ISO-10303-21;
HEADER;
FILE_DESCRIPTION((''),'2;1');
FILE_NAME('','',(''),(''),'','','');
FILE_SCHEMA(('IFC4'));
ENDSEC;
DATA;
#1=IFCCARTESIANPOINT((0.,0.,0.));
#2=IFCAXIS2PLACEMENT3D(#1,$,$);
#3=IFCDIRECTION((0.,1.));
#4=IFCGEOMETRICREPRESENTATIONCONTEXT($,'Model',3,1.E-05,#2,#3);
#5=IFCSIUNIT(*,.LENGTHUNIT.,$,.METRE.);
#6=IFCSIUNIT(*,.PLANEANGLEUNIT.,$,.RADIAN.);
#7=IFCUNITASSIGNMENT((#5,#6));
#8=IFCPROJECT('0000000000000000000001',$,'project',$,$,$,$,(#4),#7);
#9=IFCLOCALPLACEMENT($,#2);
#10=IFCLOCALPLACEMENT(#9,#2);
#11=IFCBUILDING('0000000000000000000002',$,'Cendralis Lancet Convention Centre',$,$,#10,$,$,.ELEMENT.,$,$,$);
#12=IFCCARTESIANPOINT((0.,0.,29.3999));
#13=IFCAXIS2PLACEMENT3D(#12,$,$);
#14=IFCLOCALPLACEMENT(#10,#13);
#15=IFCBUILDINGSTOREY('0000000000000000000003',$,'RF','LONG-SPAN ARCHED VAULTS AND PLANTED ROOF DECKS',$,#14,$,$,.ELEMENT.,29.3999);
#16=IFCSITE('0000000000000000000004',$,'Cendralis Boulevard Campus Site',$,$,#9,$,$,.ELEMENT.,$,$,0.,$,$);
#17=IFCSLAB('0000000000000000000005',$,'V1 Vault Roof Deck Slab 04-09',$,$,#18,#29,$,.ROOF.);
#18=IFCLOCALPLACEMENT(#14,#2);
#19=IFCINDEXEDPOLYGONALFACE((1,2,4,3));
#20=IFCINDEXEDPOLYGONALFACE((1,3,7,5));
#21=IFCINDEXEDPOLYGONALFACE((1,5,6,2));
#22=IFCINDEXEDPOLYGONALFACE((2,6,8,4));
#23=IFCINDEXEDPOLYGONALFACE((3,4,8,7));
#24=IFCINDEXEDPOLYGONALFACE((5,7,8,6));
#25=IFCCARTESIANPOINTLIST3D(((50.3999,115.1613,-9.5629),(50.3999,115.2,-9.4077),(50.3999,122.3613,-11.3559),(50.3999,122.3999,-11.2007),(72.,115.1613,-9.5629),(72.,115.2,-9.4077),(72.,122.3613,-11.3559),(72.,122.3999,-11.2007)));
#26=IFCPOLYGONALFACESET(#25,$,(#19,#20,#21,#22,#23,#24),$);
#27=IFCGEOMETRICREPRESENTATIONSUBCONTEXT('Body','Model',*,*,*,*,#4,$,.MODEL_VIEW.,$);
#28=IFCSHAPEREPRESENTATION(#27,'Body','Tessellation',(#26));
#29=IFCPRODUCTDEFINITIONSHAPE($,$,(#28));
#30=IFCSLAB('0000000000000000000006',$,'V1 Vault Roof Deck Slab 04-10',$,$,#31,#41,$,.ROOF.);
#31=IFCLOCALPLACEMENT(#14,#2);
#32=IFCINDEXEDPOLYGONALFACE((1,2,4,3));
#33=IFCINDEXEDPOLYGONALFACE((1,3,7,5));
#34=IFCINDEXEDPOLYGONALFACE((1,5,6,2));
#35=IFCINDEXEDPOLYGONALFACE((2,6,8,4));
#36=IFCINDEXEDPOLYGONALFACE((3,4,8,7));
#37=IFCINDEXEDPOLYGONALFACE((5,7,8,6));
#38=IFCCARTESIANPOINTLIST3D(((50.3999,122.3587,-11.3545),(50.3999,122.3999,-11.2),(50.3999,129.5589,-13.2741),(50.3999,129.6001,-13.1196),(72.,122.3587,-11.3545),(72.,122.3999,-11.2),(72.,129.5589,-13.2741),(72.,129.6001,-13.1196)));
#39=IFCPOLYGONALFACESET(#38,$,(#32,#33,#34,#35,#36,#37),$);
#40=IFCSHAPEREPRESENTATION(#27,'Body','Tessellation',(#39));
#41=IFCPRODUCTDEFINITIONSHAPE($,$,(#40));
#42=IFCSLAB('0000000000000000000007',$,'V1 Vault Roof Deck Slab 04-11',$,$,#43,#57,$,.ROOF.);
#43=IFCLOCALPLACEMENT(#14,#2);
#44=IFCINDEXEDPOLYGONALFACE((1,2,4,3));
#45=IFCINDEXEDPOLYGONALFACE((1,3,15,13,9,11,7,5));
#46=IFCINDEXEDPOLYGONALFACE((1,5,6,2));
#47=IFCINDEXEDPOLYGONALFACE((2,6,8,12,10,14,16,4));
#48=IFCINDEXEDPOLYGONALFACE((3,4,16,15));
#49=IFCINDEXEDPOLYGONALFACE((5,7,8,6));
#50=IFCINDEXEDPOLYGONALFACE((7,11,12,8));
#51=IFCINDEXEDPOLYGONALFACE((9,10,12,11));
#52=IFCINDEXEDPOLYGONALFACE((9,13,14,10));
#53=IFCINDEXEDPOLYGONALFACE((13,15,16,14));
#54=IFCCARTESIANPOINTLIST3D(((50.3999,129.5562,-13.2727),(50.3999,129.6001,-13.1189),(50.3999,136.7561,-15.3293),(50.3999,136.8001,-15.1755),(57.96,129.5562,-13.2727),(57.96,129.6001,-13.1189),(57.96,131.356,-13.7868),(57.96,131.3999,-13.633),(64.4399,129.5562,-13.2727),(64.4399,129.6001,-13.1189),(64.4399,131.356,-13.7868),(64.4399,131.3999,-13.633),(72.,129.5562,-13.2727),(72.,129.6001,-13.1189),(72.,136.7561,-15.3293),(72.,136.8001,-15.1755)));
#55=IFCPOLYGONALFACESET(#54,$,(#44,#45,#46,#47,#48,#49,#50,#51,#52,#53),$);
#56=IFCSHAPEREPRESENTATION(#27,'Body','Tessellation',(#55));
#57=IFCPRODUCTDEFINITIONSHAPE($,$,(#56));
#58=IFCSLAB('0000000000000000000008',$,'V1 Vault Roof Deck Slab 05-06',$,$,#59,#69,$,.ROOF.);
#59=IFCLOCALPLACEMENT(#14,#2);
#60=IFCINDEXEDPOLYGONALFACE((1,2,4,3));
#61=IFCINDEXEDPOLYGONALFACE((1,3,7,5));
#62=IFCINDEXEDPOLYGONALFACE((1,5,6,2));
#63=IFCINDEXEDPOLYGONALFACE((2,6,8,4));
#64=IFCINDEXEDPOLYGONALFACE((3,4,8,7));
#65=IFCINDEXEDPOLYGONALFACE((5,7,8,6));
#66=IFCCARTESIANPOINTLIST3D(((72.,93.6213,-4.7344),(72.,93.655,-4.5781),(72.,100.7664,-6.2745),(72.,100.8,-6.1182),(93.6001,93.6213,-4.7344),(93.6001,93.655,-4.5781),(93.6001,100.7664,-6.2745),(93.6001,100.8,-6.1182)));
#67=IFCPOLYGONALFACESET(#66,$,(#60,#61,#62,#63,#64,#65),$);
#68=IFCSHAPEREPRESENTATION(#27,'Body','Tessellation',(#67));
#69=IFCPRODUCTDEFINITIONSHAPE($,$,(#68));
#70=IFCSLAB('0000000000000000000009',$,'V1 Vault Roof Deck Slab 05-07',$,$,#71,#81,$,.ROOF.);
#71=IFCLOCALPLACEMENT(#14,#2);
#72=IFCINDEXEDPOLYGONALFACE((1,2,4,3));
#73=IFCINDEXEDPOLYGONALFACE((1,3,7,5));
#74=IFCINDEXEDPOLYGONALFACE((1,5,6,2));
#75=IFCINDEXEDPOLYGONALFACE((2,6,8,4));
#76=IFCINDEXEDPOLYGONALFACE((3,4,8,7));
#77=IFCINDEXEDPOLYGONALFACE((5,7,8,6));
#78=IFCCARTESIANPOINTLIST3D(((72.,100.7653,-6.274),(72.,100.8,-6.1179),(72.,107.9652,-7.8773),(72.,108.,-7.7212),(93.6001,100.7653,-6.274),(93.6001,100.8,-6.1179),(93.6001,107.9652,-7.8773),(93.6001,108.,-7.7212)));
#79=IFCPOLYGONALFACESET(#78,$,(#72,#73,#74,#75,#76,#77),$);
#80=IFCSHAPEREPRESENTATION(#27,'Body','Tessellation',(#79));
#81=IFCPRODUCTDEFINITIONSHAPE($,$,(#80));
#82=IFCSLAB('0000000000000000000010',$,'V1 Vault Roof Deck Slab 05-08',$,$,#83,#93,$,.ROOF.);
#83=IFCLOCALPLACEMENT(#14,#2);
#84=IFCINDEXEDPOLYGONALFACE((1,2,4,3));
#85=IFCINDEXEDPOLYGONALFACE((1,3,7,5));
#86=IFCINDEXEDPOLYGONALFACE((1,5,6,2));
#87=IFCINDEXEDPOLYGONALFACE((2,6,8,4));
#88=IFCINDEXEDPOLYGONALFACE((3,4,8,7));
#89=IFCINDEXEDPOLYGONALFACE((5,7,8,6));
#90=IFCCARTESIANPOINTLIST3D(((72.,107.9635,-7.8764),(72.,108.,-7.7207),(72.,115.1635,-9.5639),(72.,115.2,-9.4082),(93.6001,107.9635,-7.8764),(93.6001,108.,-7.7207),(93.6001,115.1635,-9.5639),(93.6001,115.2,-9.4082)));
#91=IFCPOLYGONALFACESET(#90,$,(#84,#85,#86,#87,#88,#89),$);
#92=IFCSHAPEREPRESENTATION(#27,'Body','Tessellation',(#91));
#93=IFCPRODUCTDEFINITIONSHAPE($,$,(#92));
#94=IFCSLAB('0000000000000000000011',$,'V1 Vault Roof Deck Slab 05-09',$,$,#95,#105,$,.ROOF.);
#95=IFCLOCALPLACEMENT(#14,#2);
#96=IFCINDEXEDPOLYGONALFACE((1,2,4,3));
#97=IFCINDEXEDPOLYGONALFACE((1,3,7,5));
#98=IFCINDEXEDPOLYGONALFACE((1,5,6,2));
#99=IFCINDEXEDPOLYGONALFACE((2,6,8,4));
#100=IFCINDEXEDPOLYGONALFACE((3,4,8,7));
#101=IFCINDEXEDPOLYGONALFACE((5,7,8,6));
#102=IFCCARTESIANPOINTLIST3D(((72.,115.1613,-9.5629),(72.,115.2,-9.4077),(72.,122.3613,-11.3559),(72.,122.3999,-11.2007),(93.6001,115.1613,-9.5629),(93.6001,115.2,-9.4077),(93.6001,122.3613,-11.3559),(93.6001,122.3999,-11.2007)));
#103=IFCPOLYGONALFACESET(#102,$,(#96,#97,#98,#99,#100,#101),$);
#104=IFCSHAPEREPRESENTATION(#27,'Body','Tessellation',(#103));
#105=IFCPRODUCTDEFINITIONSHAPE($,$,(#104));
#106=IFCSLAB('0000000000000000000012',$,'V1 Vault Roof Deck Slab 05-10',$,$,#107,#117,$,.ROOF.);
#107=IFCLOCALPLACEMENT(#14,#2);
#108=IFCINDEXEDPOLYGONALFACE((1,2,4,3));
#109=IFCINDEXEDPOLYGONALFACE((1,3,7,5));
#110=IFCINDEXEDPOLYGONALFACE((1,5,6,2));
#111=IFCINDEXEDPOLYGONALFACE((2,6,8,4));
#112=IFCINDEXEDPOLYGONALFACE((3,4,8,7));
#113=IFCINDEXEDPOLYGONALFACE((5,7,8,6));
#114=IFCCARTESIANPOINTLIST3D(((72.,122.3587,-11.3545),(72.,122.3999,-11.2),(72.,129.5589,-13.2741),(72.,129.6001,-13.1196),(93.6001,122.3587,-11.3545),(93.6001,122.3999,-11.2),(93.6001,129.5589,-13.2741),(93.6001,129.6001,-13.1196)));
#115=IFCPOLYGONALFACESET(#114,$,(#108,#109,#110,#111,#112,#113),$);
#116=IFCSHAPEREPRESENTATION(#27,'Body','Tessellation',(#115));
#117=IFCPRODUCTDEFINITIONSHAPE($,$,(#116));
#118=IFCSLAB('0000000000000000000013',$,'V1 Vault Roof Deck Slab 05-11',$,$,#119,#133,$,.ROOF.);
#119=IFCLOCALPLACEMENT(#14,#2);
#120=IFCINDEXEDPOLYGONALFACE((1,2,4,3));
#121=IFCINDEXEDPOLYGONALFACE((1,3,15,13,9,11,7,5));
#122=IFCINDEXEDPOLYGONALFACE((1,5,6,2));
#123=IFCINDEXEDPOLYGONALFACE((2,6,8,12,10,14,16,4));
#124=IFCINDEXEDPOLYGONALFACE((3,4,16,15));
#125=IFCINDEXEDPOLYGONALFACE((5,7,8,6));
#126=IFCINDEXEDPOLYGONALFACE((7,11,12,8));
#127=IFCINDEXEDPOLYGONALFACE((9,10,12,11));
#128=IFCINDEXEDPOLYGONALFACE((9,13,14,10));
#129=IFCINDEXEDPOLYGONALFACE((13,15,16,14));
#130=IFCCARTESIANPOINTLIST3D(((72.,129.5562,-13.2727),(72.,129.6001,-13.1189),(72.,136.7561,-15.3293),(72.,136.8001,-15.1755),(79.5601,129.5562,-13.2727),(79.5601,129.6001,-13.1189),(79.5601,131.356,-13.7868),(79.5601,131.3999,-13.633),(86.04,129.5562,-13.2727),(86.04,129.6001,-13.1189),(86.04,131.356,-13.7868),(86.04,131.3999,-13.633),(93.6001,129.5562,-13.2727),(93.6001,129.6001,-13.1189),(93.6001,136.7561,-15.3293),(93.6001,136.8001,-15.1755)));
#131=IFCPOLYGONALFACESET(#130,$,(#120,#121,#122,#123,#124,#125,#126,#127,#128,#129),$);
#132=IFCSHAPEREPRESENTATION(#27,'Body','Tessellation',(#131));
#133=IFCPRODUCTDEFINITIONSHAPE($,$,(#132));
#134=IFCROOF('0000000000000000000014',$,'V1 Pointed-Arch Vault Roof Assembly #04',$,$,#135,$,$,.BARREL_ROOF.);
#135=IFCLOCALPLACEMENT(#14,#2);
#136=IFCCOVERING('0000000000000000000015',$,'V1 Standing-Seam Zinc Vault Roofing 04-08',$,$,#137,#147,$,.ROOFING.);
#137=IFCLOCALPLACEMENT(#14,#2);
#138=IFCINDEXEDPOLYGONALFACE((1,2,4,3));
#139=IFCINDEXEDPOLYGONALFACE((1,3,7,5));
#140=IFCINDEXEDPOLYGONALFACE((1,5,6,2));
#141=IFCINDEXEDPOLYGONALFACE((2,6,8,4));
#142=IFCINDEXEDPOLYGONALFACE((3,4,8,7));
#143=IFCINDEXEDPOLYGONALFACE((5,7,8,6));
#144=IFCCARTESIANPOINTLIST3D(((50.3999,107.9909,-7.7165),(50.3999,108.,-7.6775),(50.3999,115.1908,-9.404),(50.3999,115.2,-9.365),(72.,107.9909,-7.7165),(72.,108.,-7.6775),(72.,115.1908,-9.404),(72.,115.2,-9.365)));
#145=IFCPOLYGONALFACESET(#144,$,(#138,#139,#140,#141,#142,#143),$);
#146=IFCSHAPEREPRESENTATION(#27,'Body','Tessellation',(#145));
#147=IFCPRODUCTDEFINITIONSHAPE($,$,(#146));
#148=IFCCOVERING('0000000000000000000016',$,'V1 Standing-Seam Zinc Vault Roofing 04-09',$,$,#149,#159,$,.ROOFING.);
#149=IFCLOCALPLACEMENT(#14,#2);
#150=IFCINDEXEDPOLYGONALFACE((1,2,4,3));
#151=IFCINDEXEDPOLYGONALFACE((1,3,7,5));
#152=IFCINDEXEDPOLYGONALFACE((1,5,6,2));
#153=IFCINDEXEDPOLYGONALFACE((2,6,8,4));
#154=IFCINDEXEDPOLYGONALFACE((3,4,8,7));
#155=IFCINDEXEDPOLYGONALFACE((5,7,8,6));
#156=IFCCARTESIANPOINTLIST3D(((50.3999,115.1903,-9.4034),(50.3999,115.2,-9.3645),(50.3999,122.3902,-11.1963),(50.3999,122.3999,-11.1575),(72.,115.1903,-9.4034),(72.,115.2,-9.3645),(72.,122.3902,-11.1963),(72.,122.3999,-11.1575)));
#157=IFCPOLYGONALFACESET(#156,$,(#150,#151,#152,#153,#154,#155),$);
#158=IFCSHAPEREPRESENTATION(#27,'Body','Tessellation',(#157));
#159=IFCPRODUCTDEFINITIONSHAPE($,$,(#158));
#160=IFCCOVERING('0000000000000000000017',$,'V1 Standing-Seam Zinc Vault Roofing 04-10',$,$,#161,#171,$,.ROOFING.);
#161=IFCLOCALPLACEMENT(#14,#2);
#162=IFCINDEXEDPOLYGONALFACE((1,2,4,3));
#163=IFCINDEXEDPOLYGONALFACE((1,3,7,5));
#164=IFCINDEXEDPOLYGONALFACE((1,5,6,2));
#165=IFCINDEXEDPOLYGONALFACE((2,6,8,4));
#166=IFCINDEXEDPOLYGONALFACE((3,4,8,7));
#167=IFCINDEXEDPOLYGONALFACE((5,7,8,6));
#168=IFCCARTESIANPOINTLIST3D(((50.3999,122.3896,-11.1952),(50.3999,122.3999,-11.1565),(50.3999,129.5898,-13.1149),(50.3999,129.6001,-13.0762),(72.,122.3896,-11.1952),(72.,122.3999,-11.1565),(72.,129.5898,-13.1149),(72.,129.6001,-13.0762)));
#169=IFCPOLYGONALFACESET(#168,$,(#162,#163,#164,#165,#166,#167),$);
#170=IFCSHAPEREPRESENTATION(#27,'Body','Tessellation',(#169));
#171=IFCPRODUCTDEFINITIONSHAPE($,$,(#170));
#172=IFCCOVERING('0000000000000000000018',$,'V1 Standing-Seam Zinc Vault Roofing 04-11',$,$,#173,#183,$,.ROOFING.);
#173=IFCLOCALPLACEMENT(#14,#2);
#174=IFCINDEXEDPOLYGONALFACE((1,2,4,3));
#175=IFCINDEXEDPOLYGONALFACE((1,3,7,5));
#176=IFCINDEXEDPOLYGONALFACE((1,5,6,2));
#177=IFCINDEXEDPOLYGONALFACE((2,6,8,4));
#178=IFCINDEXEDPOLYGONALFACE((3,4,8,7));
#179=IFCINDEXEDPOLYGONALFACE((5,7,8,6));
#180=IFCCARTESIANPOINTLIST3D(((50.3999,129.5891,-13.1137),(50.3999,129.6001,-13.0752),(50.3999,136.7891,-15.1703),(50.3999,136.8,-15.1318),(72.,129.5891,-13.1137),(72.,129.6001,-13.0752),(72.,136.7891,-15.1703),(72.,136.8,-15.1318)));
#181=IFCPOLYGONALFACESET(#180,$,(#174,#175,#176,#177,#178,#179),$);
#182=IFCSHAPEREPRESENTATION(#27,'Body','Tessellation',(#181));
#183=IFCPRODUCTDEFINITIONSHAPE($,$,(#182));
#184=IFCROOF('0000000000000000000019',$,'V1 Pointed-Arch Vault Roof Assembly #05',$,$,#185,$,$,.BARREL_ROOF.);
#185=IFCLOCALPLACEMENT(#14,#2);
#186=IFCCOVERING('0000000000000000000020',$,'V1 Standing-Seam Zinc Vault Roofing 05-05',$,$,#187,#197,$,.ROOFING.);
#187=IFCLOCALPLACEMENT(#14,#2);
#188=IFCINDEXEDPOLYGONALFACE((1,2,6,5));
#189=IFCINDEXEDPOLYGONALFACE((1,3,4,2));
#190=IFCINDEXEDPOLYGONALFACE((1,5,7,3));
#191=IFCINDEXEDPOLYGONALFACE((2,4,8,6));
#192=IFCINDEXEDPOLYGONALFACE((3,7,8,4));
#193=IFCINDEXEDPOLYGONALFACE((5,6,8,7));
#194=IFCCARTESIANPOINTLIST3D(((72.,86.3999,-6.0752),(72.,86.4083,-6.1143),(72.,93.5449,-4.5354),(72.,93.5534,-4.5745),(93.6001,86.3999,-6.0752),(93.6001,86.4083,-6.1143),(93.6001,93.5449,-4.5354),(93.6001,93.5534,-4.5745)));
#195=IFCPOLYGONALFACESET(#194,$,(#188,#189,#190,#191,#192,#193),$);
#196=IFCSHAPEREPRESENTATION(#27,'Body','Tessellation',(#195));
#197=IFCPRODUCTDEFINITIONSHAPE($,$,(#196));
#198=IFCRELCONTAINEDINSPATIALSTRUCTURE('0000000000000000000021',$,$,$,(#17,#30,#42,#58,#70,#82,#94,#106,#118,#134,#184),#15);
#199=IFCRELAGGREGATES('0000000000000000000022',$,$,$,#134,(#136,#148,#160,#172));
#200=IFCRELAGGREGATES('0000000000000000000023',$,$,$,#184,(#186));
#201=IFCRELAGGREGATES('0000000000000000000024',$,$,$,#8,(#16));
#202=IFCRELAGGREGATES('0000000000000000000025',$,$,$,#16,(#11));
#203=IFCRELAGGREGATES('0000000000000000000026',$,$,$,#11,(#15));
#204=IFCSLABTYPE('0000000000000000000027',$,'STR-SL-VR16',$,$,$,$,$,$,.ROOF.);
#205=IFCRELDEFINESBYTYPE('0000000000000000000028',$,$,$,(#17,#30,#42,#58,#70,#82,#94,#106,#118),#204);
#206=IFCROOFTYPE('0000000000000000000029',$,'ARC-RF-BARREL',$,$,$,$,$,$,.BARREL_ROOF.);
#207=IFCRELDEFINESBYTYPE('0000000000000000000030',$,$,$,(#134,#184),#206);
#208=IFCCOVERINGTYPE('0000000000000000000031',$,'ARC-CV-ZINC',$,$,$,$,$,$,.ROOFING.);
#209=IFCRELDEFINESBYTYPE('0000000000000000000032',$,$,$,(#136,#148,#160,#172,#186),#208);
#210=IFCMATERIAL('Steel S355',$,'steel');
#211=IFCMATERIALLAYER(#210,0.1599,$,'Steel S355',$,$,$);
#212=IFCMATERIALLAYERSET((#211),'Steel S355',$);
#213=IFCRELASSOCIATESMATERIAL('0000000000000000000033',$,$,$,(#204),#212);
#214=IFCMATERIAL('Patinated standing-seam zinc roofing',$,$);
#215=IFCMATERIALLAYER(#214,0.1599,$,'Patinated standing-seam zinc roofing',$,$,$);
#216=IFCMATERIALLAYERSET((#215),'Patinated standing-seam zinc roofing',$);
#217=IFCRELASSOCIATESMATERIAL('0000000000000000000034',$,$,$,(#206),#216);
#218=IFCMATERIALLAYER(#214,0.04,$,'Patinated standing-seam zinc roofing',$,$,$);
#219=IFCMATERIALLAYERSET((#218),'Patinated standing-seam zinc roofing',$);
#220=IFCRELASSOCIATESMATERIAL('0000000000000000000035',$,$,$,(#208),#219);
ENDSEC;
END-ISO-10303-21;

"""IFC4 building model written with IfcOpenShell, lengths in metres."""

from ifc_helpers import new_model, si_unit, direction, frame, origin, place, context, subcontext, project, spatial, polyline, outline, extrude, material, layer, layer_set, type_object, element, aggregate, save


model = new_model("IFC4")

# Units and contexts
model_context = context("Model", 3, precision=1e-05, world=origin(), true_north=direction((0.0, 1.0)))
body_context = subcontext(model_context, "Body", "Model", "MODEL_VIEW")
ifc_project = project(units=[si_unit("LENGTHUNIT", "METRE"), si_unit("PLANEANGLEUNIT", "RADIAN")], contexts=[model_context])

# Site, building, storey
site_placement = place(None, origin())
site = spatial("IfcSite", under=ifc_project, at=site_placement, Name="Cendralis Boulevard Campus Site", CompositionType="ELEMENT", RefElevation=0.0)
building_placement = place(site_placement, origin())
building = spatial("IfcBuilding", under=site, at=building_placement, Name="Cendralis Lancet Convention Centre", CompositionType="ELEMENT")
storey_placement = place(building_placement, frame((0.0, 0.0, 29.3999)))
storey = spatial("IfcBuildingStorey", under=building, at=storey_placement, Name="RF", Description="LONG-SPAN ARCHED VAULTS AND PLANTED ROOF DECKS", CompositionType="ELEMENT", Elevation=29.3999)

# Slabs
ifc_material_1 = material(Name="Steel S355", Category="steel")
ifc_layer_1 = layer(ifc_material_1, 0.1599, Name="Steel S355")
ifc_layer_set_1 = layer_set([ifc_layer_1], Name="Steel S355")
slab_type = type_object("IfcSlabType", Name="STR-SL-VR16", PredefinedType="ROOF", material=ifc_layer_set_1)
slab_1_placement = place(storey_placement, frame((50.3999, 115.2, -9.4077), z_axis=(0.0, 0.241645, 0.970365), x_axis=(1.0, 0.0, 0.0)))
element("IfcSlab", 1, at=slab_1_placement, inside=storey, type_object=slab_type, Name="V1 Vault Roof Deck Slab 04-09", PredefinedType="ROOF", context=body_context, shape_type="SweptSolid", body=[
    extrude(outline(polyline([(0.0, 0.0), (21.6001, 0.0), (21.6001, 7.4198), (0.0, 7.4198), (0.0, 0.0)])), origin(), (0.0, 0.0, -1.0), 0.1599),
])
slab_2_placement = place(storey_placement, frame((50.3999, 122.3999, -11.2), z_axis=(0.0, 0.257616, 0.966247), x_axis=(1.0, 0.0, 0.0)))
element("IfcSlab", 2, at=slab_2_placement, inside=storey, type_object=slab_type, Name="V1 Vault Roof Deck Slab 04-10", PredefinedType="ROOF", context=body_context, shape_type="SweptSolid", body=[
    extrude(outline(polyline([(0.0, 0.0), (21.6001, 0.0), (21.6001, 7.4517), (0.0, 7.4517), (0.0, 0.0)])), origin(), (0.0, 0.0, -1.0), 0.1599),
])
slab_3_placement = place(storey_placement, frame((50.3999, 129.6001, -13.1189), z_axis=(0.0, 0.274659, 0.961542), x_axis=(1.0, 0.0, 0.0)))
element("IfcSlab", 3, at=slab_3_placement, inside=storey, type_object=slab_type, Name="V1 Vault Roof Deck Slab 04-11", PredefinedType="ROOF", context=body_context, shape_type="SweptSolid", body=[
    extrude(outline(polyline([(0.0, 0.0), (7.5601, 0.0), (7.5601, 1.8718), (14.04, 1.8718), (14.04, 0.0), (21.6001, 0.0), (21.6001, 7.4879), (0.0, 7.4879), (0.0, 0.0)])), origin(), (0.0, 0.0, -1.0), 0.1599),
])
slab_4_placement = place(storey_placement, frame((72.0, 93.655, -4.5781), z_axis=(0.0, 0.210701, 0.97755), x_axis=(1.0, 0.0, 0.0)))
element("IfcSlab", 4, at=slab_4_placement, inside=storey, type_object=slab_type, Name="V1 Vault Roof Deck Slab 05-06", PredefinedType="ROOF", context=body_context, shape_type="SweptSolid", body=[
    extrude(outline(polyline([(0.0, 0.0), (21.6001, 0.0), (21.6001, 7.3091), (0.0, 7.3091), (0.0, 0.0)])), origin(), (0.0, 0.0, -1.0), 0.1599),
])
slab_5_placement = place(storey_placement, frame((72.0, 100.8, -6.1179), z_axis=(0.0, 0.217354, 0.976093), x_axis=(1.0, 0.0, 0.0)))
element("IfcSlab", 5, at=slab_5_placement, inside=storey, type_object=slab_type, Name="V1 Vault Roof Deck Slab 05-07", PredefinedType="ROOF", context=body_context, shape_type="SweptSolid", body=[
    extrude(outline(polyline([(0.0, 0.0), (21.6001, 0.0), (21.6001, 7.3763), (0.0, 7.3763), (0.0, 0.0)])), origin(), (0.0, 0.0, -1.0), 0.1599),
])
slab_6_placement = place(storey_placement, frame((72.0, 108.0, -7.7207), z_axis=(0.0, 0.228193, 0.973616), x_axis=(1.0, 0.0, 0.0)))
element("IfcSlab", 6, at=slab_6_placement, inside=storey, type_object=slab_type, Name="V1 Vault Roof Deck Slab 05-08", PredefinedType="ROOF", context=body_context, shape_type="SweptSolid", body=[
    extrude(outline(polyline([(0.0, 0.0), (21.6001, 0.0), (21.6001, 7.3951), (0.0, 7.3951), (0.0, 0.0)])), origin(), (0.0, 0.0, -1.0), 0.1599),
])
slab_7_placement = place(storey_placement, frame((72.0, 115.2, -9.4077), z_axis=(0.0, 0.241645, 0.970365), x_axis=(1.0, 0.0, 0.0)))
element("IfcSlab", 7, at=slab_7_placement, inside=storey, type_object=slab_type, Name="V1 Vault Roof Deck Slab 05-09", PredefinedType="ROOF", context=body_context, shape_type="SweptSolid", body=[
    extrude(outline(polyline([(0.0, 0.0), (21.6001, 0.0), (21.6001, 7.4198), (0.0, 7.4198), (0.0, 0.0)])), origin(), (0.0, 0.0, -1.0), 0.1599),
])
slab_8_placement = place(storey_placement, frame((72.0, 122.3999, -11.2), z_axis=(0.0, 0.257616, 0.966247), x_axis=(1.0, 0.0, 0.0)))
element("IfcSlab", 8, at=slab_8_placement, inside=storey, type_object=slab_type, Name="V1 Vault Roof Deck Slab 05-10", PredefinedType="ROOF", context=body_context, shape_type="SweptSolid", body=[
    extrude(outline(polyline([(0.0, 0.0), (21.6001, 0.0), (21.6001, 7.4517), (0.0, 7.4517), (0.0, 0.0)])), origin(), (0.0, 0.0, -1.0), 0.1599),
])
slab_9_placement = place(storey_placement, frame((72.0, 129.6001, -13.1189), z_axis=(0.0, 0.274659, 0.961542), x_axis=(1.0, 0.0, 0.0)))
element("IfcSlab", 9, at=slab_9_placement, inside=storey, type_object=slab_type, Name="V1 Vault Roof Deck Slab 05-11", PredefinedType="ROOF", context=body_context, shape_type="SweptSolid", body=[
    extrude(outline(polyline([(0.0, 0.0), (7.5601, 0.0), (7.5601, 1.8718), (14.04, 1.8718), (14.04, 0.0), (21.6001, 0.0), (21.6001, 7.4879), (0.0, 7.4879), (0.0, 0.0)])), origin(), (0.0, 0.0, -1.0), 0.1599),
])

# Roofs, coverings
ifc_material_2 = material(Name="Patinated standing-seam zinc roofing")
ifc_layer_2 = layer(ifc_material_2, 0.1599, Name="Patinated standing-seam zinc roofing")
ifc_layer_set_2 = layer_set([ifc_layer_2], Name="Patinated standing-seam zinc roofing")
roof_type = type_object("IfcRoofType", Name="ARC-RF-BARREL", PredefinedType="BARREL_ROOF", material=ifc_layer_set_2)
roof_1_placement = place(storey_placement, origin())
roof_1 = element("IfcRoof", 10, at=roof_1_placement, inside=storey, type_object=roof_type, Name="V1 Pointed-Arch Vault Roof Assembly #04", PredefinedType="BARREL_ROOF")
ifc_layer_3 = layer(ifc_material_2, 0.04, Name="Patinated standing-seam zinc roofing")
ifc_layer_set_3 = layer_set([ifc_layer_3], Name="Patinated standing-seam zinc roofing")
covering_type = type_object("IfcCoveringType", Name="ARC-CV-ZINC", PredefinedType="ROOFING", material=ifc_layer_set_3)
covering_1_placement = place(storey_placement, frame((50.3999, 108.0, -7.6775), z_axis=(0.0, 0.228193, 0.973616), x_axis=(1.0, 0.0, 0.0)))
covering_1 = element("IfcCovering", 11, at=covering_1_placement, type_object=covering_type, Name="V1 Standing-Seam Zinc Vault Roofing 04-08", PredefinedType="ROOFING", context=body_context, shape_type="SweptSolid", body=[
    extrude(outline(polyline([(0.0, 0.0), (21.6001, 0.0), (21.6001, 7.3951), (0.0, 7.3951), (0.0, 0.0)])), origin(), (0.0, 0.0, -1.0), 0.04),
])
covering_2_placement = place(storey_placement, frame((50.3999, 115.2, -9.3645), z_axis=(0.0, 0.241645, 0.970365), x_axis=(1.0, 0.0, 0.0)))
covering_2 = element("IfcCovering", 12, at=covering_2_placement, type_object=covering_type, Name="V1 Standing-Seam Zinc Vault Roofing 04-09", PredefinedType="ROOFING", context=body_context, shape_type="SweptSolid", body=[
    extrude(outline(polyline([(0.0, 0.0), (21.6001, 0.0), (21.6001, 7.4198), (0.0, 7.4198), (0.0, 0.0)])), origin(), (0.0, 0.0, -1.0), 0.04),
])
covering_3_placement = place(storey_placement, frame((50.3999, 122.3999, -11.1565), z_axis=(0.0, 0.257616, 0.966247), x_axis=(1.0, 0.0, 0.0)))
covering_3 = element("IfcCovering", 13, at=covering_3_placement, type_object=covering_type, Name="V1 Standing-Seam Zinc Vault Roofing 04-10", PredefinedType="ROOFING", context=body_context, shape_type="SweptSolid", body=[
    extrude(outline(polyline([(0.0, 0.0), (21.6001, 0.0), (21.6001, 7.4517), (0.0, 7.4517), (0.0, 0.0)])), origin(), (0.0, 0.0, -1.0), 0.04),
])
covering_4_placement = place(storey_placement, frame((50.3999, 129.6001, -13.0752), z_axis=(0.0, 0.274661, 0.961541), x_axis=(1.0, 0.0, 0.0)))
covering_4 = element("IfcCovering", 14, at=covering_4_placement, type_object=covering_type, Name="V1 Standing-Seam Zinc Vault Roofing 04-11", PredefinedType="ROOFING", context=body_context, shape_type="SweptSolid", body=[
    extrude(outline(polyline([(0.0, 0.0), (21.6001, 0.0), (21.6001, 7.4879), (0.0, 7.4879), (0.0, 0.0)])), origin(), (0.0, 0.0, -1.0), 0.04),
])
aggregate(roof_1, [covering_1, covering_2, covering_3, covering_4])
roof_2_placement = place(storey_placement, origin())
roof_2 = element("IfcRoof", 15, at=roof_2_placement, inside=storey, type_object=roof_type, Name="V1 Pointed-Arch Vault Roof Assembly #05", PredefinedType="BARREL_ROOF")
covering_5_placement = place(storey_placement, frame((72.0, 86.3999, -6.0752), z_axis=(0.0, -0.21067, 0.977557), x_axis=(1.0, 0.0, 0.0)))
covering_5 = element("IfcCovering", 16, at=covering_5_placement, type_object=covering_type, Name="V1 Standing-Seam Zinc Vault Roofing 05-05", PredefinedType="ROOFING", context=body_context, shape_type="SweptSolid", body=[
    extrude(outline(polyline([(0.0, 0.0), (21.6001, 0.0), (21.6001, 7.3091), (0.0, 7.3091), (0.0, 0.0)])), origin(), (0.0, 0.0, -1.0), 0.04),
])
aggregate(roof_2, [covering_5])

save(model, "model.ifc")
